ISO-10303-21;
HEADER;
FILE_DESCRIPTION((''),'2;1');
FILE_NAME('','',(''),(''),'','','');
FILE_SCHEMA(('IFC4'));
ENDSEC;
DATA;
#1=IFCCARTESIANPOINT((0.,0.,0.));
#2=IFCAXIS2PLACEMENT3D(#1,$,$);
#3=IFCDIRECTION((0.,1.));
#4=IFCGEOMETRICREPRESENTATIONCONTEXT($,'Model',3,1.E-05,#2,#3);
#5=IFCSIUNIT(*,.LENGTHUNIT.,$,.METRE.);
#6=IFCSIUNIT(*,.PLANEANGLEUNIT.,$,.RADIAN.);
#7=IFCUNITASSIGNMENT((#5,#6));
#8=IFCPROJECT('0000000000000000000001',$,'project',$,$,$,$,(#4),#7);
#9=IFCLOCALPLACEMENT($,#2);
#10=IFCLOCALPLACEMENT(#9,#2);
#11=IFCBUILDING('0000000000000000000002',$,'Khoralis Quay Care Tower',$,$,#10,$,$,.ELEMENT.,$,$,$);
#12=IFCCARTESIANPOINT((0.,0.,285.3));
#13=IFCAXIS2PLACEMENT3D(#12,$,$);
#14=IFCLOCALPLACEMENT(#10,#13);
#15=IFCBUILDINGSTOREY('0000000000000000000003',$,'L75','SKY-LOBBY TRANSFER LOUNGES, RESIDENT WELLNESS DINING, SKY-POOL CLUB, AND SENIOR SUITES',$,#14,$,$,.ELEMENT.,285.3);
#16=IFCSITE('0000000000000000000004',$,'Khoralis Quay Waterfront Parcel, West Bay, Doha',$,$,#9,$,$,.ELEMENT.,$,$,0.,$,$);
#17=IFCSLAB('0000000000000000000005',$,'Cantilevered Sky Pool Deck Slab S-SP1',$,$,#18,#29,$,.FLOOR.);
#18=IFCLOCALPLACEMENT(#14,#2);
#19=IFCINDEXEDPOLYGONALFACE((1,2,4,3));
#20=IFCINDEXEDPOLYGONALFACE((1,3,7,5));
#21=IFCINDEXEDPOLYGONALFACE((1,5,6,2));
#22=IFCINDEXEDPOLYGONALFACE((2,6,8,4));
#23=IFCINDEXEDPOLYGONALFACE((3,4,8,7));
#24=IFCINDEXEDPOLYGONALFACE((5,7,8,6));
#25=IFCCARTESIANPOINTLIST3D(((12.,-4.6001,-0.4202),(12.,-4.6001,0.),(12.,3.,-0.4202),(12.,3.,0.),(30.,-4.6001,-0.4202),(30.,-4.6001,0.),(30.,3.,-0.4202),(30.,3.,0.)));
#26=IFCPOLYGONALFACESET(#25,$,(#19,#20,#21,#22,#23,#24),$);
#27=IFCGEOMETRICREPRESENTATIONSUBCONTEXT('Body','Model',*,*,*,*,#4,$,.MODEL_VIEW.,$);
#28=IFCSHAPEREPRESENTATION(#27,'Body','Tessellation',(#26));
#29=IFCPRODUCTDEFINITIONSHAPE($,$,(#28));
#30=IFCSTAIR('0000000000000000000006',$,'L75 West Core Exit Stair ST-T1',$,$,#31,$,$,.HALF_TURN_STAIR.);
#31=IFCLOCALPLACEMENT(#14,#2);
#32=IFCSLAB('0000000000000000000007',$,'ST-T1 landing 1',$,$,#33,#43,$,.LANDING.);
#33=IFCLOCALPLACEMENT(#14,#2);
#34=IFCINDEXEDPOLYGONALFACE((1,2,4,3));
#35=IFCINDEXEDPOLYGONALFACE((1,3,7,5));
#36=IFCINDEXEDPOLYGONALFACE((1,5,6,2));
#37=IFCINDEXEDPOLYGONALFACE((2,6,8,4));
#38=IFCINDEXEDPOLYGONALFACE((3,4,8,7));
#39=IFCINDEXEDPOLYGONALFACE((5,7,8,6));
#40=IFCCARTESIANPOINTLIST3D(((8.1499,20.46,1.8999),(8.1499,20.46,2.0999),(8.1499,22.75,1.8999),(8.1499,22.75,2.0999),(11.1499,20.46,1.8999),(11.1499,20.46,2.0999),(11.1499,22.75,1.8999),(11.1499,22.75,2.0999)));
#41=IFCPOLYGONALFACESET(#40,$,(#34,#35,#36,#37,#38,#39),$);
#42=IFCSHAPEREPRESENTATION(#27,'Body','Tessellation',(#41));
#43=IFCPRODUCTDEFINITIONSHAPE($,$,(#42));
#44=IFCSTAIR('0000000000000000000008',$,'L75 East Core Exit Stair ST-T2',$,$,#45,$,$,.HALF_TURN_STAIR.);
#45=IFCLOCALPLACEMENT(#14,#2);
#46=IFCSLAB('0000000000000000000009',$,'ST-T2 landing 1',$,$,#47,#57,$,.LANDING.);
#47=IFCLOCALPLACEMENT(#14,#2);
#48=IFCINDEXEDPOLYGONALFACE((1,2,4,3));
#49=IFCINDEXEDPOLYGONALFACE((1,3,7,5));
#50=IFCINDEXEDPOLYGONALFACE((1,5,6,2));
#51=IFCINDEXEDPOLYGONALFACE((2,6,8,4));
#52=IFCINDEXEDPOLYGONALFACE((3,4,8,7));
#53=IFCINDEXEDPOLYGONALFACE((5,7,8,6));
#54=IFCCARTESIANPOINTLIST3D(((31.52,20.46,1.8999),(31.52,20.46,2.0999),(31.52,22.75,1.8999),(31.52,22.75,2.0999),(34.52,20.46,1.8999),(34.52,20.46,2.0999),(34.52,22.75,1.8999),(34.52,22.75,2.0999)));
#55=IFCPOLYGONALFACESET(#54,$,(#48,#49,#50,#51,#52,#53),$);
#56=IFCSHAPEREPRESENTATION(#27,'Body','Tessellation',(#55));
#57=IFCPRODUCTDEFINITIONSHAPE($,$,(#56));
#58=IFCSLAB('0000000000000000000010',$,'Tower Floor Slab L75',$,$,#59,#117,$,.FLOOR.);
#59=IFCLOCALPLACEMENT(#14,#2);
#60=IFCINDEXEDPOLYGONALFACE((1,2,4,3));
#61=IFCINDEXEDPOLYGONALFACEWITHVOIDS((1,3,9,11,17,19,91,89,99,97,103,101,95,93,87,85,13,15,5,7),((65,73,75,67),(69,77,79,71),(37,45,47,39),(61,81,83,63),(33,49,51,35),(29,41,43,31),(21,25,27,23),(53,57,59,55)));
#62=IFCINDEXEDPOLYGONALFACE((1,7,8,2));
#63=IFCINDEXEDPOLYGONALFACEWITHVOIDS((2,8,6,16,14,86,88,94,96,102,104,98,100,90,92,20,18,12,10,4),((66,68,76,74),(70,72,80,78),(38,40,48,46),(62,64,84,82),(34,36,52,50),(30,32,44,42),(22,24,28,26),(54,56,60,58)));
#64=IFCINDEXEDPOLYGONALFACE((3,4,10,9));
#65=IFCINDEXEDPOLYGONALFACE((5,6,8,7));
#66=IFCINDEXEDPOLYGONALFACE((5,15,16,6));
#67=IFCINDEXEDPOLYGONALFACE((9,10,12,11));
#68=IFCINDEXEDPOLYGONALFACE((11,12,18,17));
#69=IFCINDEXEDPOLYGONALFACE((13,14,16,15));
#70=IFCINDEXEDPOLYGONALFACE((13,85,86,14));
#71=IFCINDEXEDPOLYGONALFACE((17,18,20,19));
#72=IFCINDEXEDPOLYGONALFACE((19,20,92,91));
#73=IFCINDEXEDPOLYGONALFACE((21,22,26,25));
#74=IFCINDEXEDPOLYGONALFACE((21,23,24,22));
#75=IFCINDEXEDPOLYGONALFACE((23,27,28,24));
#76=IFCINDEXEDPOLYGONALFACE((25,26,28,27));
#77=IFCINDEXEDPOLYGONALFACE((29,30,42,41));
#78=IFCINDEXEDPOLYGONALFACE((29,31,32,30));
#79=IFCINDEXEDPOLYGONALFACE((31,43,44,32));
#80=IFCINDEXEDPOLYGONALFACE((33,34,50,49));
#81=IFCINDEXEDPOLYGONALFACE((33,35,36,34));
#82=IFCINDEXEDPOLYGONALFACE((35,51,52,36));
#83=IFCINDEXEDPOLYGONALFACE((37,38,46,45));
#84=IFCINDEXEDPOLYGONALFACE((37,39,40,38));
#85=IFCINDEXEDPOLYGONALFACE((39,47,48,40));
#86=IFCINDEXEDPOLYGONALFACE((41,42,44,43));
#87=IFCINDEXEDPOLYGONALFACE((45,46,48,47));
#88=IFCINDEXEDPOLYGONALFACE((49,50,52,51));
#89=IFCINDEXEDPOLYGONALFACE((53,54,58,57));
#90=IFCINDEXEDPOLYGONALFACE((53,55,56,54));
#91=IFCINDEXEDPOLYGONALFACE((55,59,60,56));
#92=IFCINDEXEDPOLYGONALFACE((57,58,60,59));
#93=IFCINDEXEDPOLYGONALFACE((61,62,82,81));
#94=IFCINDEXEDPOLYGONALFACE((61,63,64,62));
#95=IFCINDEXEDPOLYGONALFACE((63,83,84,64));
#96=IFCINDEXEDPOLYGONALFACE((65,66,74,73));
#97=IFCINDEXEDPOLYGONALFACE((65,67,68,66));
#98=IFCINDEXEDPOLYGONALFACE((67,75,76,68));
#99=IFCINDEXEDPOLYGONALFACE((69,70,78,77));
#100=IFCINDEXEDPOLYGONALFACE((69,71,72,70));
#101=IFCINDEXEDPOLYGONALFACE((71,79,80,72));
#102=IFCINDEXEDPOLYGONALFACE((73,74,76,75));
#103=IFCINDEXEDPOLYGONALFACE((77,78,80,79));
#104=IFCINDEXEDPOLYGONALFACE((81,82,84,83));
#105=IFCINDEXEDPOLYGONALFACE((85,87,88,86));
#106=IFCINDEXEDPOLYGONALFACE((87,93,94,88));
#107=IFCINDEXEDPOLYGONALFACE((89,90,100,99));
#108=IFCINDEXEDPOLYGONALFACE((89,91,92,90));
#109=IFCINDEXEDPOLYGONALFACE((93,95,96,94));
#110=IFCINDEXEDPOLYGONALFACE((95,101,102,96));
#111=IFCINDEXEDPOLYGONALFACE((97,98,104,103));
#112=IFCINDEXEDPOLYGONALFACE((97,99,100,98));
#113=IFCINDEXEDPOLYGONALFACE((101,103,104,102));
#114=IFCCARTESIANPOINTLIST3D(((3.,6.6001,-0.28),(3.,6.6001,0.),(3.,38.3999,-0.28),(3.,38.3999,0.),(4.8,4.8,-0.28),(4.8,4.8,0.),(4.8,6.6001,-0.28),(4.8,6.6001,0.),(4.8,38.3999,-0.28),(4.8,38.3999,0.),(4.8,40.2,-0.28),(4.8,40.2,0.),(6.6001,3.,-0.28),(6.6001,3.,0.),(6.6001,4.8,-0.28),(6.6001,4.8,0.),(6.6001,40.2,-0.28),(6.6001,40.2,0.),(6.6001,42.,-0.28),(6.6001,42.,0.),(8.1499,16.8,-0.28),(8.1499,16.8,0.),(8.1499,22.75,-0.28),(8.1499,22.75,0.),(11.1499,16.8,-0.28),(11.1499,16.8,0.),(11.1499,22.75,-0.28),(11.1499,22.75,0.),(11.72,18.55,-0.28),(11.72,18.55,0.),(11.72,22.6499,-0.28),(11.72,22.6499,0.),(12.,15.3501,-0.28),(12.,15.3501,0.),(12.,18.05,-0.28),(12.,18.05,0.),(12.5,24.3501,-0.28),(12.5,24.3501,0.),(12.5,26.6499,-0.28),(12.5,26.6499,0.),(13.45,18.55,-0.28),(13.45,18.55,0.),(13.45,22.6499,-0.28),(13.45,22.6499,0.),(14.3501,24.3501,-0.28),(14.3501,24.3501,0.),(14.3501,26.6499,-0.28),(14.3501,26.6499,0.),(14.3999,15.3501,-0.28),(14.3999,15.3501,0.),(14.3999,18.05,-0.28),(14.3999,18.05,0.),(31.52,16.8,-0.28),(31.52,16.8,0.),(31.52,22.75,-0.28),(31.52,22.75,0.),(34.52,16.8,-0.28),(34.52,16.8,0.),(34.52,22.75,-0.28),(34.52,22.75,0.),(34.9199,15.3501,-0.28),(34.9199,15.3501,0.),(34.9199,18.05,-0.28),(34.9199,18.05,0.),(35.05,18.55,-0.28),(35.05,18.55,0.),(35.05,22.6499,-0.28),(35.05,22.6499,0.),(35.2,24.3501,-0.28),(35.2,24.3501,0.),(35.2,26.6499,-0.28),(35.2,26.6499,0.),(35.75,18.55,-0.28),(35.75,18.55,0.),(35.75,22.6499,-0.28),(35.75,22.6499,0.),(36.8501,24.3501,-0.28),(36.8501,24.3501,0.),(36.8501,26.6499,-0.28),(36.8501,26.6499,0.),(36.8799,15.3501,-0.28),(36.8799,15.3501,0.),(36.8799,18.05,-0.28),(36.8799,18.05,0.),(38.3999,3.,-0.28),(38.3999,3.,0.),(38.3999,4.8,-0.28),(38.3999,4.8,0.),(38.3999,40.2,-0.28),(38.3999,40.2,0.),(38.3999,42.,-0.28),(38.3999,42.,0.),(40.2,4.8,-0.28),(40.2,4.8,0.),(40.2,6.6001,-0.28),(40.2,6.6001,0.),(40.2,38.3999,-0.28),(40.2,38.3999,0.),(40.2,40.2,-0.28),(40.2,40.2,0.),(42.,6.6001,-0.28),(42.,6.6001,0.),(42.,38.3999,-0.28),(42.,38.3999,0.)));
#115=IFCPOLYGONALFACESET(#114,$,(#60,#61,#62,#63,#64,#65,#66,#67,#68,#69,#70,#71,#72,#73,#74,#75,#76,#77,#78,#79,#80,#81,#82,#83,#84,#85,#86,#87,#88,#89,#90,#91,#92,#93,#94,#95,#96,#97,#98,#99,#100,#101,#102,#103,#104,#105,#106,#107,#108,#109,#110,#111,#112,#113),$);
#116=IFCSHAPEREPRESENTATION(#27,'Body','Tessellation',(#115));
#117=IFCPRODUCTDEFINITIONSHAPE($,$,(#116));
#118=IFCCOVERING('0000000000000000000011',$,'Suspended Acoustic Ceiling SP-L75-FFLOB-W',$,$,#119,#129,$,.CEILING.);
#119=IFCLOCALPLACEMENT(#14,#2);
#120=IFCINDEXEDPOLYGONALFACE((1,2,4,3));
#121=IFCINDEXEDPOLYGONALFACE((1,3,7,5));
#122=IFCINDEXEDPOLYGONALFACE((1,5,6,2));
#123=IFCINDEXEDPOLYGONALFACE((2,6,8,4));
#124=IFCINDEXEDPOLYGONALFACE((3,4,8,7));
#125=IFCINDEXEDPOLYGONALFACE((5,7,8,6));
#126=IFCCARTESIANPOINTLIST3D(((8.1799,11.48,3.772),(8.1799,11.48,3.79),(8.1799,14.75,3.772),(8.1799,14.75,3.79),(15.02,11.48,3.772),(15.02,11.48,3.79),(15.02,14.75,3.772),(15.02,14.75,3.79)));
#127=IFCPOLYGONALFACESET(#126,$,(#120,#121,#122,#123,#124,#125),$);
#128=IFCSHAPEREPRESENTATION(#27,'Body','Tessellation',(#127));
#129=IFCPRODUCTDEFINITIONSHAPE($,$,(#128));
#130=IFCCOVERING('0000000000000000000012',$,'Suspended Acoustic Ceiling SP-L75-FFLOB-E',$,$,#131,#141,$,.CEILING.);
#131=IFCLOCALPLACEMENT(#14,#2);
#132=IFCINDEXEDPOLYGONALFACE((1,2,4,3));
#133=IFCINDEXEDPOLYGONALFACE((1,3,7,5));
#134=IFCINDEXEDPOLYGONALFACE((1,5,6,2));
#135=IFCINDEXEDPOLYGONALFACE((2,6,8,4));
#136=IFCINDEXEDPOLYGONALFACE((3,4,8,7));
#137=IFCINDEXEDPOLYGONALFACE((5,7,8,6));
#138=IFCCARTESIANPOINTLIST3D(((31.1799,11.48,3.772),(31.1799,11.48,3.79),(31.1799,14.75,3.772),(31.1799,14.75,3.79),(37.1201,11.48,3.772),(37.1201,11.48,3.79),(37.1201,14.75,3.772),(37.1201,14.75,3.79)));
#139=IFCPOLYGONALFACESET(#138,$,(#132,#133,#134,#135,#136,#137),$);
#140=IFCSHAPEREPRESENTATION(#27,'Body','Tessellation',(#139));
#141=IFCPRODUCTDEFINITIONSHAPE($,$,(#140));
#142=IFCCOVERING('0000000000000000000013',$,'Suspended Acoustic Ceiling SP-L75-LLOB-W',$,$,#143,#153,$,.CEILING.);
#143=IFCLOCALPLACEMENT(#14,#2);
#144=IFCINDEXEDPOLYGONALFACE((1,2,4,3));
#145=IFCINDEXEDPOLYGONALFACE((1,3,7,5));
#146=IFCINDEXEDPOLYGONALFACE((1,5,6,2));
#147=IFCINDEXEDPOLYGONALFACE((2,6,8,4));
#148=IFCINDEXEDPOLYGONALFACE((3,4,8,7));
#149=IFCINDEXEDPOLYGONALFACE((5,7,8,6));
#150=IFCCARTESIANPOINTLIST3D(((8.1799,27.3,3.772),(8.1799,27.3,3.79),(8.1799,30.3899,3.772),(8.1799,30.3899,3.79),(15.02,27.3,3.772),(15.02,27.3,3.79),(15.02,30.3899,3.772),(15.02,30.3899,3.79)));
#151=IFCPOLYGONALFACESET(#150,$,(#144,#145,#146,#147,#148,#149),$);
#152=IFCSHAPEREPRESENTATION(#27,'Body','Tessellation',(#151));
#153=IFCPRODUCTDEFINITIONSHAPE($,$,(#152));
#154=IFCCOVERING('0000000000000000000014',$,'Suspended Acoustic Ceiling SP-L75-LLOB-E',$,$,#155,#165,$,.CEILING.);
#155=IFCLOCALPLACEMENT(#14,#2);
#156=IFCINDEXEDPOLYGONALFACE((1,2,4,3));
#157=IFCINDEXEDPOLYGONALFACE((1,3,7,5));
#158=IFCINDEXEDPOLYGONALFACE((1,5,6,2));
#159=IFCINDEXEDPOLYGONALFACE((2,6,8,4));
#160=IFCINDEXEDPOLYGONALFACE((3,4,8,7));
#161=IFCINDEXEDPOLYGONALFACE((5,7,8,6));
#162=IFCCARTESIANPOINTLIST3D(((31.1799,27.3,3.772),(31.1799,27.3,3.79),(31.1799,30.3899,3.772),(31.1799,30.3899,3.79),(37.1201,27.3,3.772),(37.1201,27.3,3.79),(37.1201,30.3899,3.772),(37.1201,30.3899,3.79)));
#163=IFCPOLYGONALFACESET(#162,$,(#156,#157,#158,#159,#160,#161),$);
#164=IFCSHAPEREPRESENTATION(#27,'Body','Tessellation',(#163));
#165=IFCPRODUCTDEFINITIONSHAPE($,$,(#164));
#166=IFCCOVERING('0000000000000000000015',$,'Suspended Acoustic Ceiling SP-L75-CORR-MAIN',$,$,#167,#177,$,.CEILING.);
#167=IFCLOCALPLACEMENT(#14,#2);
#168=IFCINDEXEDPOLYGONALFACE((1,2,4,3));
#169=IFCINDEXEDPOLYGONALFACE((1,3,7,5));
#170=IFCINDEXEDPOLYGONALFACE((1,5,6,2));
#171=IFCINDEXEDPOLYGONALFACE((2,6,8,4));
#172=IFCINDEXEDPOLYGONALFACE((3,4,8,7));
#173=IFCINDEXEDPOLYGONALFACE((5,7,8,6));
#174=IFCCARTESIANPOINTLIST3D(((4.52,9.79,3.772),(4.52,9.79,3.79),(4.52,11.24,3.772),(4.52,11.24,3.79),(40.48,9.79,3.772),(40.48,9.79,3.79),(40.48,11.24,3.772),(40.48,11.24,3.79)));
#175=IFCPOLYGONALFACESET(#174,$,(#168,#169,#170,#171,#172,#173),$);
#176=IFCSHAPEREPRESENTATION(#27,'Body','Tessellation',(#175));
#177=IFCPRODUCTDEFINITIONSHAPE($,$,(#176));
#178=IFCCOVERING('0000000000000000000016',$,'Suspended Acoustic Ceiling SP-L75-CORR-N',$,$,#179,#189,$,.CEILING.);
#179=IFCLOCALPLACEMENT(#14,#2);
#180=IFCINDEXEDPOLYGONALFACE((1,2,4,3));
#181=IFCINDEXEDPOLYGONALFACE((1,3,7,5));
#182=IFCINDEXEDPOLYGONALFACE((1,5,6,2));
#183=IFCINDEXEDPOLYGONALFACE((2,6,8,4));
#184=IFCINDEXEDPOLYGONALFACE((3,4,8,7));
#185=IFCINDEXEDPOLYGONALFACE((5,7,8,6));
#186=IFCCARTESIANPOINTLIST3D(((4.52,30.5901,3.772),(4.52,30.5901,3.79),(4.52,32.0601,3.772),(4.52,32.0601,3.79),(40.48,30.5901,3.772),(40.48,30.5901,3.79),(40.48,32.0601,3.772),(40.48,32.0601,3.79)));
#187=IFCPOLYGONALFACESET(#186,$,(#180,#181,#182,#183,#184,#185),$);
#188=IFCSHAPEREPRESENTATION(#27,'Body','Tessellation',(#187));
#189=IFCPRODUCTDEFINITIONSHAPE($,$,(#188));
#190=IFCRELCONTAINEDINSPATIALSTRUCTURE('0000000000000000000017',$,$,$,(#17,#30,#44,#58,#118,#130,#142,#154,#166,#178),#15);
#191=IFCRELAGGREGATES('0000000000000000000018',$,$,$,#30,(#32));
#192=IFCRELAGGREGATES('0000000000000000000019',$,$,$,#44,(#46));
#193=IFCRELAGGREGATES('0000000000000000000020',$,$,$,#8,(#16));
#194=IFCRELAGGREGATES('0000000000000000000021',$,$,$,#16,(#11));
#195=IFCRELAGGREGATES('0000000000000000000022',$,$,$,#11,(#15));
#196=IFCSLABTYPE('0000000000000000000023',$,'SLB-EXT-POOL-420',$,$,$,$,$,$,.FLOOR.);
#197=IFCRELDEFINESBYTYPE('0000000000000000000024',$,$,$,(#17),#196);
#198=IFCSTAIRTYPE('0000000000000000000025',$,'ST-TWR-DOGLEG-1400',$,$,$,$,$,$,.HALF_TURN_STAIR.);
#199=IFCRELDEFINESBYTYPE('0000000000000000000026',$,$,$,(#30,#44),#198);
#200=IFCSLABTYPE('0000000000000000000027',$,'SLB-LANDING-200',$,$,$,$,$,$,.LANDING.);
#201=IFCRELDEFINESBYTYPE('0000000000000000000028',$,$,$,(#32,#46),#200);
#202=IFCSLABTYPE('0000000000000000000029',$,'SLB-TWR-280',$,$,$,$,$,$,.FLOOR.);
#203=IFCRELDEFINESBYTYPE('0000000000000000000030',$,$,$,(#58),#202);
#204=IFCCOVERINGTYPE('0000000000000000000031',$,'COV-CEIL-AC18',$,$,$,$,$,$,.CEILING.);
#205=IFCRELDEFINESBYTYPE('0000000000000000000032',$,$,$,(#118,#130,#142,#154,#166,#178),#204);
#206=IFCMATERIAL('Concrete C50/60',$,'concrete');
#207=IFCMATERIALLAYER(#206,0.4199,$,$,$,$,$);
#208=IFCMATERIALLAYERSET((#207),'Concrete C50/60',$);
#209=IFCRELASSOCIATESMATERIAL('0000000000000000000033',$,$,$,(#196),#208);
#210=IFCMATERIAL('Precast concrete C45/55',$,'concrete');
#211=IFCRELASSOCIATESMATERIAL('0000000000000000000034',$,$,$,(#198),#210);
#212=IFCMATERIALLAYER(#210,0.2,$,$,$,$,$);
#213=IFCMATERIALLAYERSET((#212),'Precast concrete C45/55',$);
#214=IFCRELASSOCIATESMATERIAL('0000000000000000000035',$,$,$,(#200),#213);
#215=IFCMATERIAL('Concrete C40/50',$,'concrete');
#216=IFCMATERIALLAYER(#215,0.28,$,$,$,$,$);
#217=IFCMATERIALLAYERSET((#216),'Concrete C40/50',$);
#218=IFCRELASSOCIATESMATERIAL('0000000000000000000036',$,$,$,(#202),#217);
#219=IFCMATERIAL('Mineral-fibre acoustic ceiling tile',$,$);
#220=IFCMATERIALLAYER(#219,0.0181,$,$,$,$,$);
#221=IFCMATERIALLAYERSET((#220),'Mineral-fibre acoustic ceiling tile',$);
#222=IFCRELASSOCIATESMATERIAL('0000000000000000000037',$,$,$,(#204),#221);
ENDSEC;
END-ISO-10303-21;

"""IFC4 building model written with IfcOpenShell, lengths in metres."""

from ifc_helpers import new_model, si_unit, direction, frame, origin, place, context, subcontext, project, spatial, polyline, outline, extrude, material, layer, layer_set, type_object, element, aggregate, save


model = new_model("IFC4")

# Units and contexts
model_context = context("Model", 3, precision=1e-05, world=origin(), true_north=direction((0.0, 1.0)))
body_context = subcontext(model_context, "Body", "Model", "MODEL_VIEW")
ifc_project = project(units=[si_unit("LENGTHUNIT", "METRE"), si_unit("PLANEANGLEUNIT", "RADIAN")], contexts=[model_context])

# Site, building, storey
site_placement = place(None, origin())
site = spatial("IfcSite", under=ifc_project, at=site_placement, Name="Khoralis Quay Waterfront Parcel, West Bay, Doha", CompositionType="ELEMENT", RefElevation=0.0)
building_placement = place(site_placement, origin())
building = spatial("IfcBuilding", under=site, at=building_placement, Name="Khoralis Quay Care Tower", CompositionType="ELEMENT")
storey_placement = place(building_placement, frame((0.0, 0.0, 285.3)))
storey = spatial("IfcBuildingStorey", under=building, at=storey_placement, Name="L75", Description="SKY-LOBBY TRANSFER LOUNGES, RESIDENT WELLNESS DINING, SKY-POOL CLUB, AND SENIOR SUITES", CompositionType="ELEMENT", Elevation=285.3)

# Slab
ifc_material_1 = material(Name="Concrete C50/60", Category="concrete")
ifc_layer_1 = layer(ifc_material_1, 0.4199)
ifc_layer_set_1 = layer_set([ifc_layer_1], Name="Concrete C50/60")
slab_type_1 = type_object("IfcSlabType", Name="SLB-EXT-POOL-420", PredefinedType="FLOOR", material=ifc_layer_set_1)
slab_1_placement = place(storey_placement, frame((0.0, 0.0, -0.4202)))
element("IfcSlab", 1, at=slab_1_placement, inside=storey, type_object=slab_type_1, Name="Cantilevered Sky Pool Deck Slab S-SP1", PredefinedType="FLOOR", context=body_context, shape_type="SweptSolid", body=[
    extrude(outline(polyline([(12.0, -4.6001), (30.0, -4.6001), (30.0, 3.0), (12.0, 3.0), (12.0, -4.6001)])), origin(), (0.0, 0.0, 1.0), 0.4202),
])

# Stairs, slabs
ifc_material_2 = material(Name="Precast concrete C45/55", Category="concrete")
stair_type = type_object("IfcStairType", Name="ST-TWR-DOGLEG-1400", PredefinedType="HALF_TURN_STAIR", material=ifc_material_2)
stair_1_placement = place(storey_placement, origin())
stair_1 = element("IfcStair", 2, at=stair_1_placement, inside=storey, type_object=stair_type, Name="L75 West Core Exit Stair ST-T1", PredefinedType="HALF_TURN_STAIR")
ifc_layer_2 = layer(ifc_material_2, 0.2)
ifc_layer_set_2 = layer_set([ifc_layer_2], Name="Precast concrete C45/55")
slab_type_2 = type_object("IfcSlabType", Name="SLB-LANDING-200", PredefinedType="LANDING", material=ifc_layer_set_2)
slab_2_placement = place(storey_placement, frame((0.0, 0.0, 1.8999)))
slab_2 = element("IfcSlab", 3, at=slab_2_placement, type_object=slab_type_2, Name="ST-T1 landing 1", PredefinedType="LANDING", context=body_context, shape_type="SweptSolid", body=[
    extrude(outline(polyline([(11.1499, 20.46), (11.1499, 22.75), (8.1499, 22.75), (8.1499, 20.46), (11.1499, 20.46)])), origin(), (0.0, 0.0, 1.0), 0.2),
])
aggregate(stair_1, [slab_2])
stair_2_placement = place(storey_placement, origin())
stair_2 = element("IfcStair", 4, at=stair_2_placement, inside=storey, type_object=stair_type, Name="L75 East Core Exit Stair ST-T2", PredefinedType="HALF_TURN_STAIR")
slab_3_placement = place(storey_placement, frame((0.0, 0.0, 1.8999)))
slab_3 = element("IfcSlab", 5, at=slab_3_placement, type_object=slab_type_2, Name="ST-T2 landing 1", PredefinedType="LANDING", context=body_context, shape_type="SweptSolid", body=[
    extrude(outline(polyline([(34.52, 20.46), (34.52, 22.75), (31.52, 22.75), (31.52, 20.46), (34.52, 20.46)])), origin(), (0.0, 0.0, 1.0), 0.2),
])
aggregate(stair_2, [slab_3])

# Slab
ifc_material_3 = material(Name="Concrete C40/50", Category="concrete")
ifc_layer_3 = layer(ifc_material_3, 0.28)
ifc_layer_set_3 = layer_set([ifc_layer_3], Name="Concrete C40/50")
slab_type_3 = type_object("IfcSlabType", Name="SLB-TWR-280", PredefinedType="FLOOR", material=ifc_layer_set_3)
slab_4_placement = place(storey_placement, frame((0.0, 0.0, -0.28)))
element("IfcSlab", 6, at=slab_4_placement, inside=storey, type_object=slab_type_3, Name="Tower Floor Slab L75", PredefinedType="FLOOR", context=body_context, shape_type="SweptSolid", body=[
    extrude(outline(polyline([(6.6001, 3.0), (38.3999, 3.0), (38.3999, 4.8), (40.2, 4.8), (40.2, 6.6001), (42.0, 6.6001), (42.0, 38.3999), (40.2, 38.3999), (40.2, 40.2), (38.3999, 40.2), (38.3999, 42.0), (6.6001, 42.0), (6.6001, 40.2), (4.8, 40.2), (4.8, 38.3999), (3.0, 38.3999), (3.0, 6.6001), (4.8, 6.6001), (4.8, 4.8), (6.6001, 4.8), (6.6001, 3.0)]), holes=[polyline([(11.1499, 16.8), (11.1499, 22.75), (8.1499, 22.75), (8.1499, 16.8), (11.1499, 16.8)]), polyline([(34.52, 16.8), (34.52, 22.75), (31.52, 22.75), (31.52, 16.8), (34.52, 16.8)]), polyline([(12.0, 15.3501), (14.3999, 15.3501), (14.3999, 18.05), (12.0, 18.05), (12.0, 15.3501)]), polyline([(34.9199, 15.3501), (36.8799, 15.3501), (36.8799, 18.05), (34.9199, 18.05), (34.9199, 15.3501)]), polyline([(12.5, 24.3501), (14.3501, 24.3501), (14.3501, 26.6499), (12.5, 26.6499), (12.5, 24.3501)]), polyline([(35.2, 24.3501), (36.8501, 24.3501), (36.8501, 26.6499), (35.2, 26.6499), (35.2, 24.3501)]), polyline([(11.72, 18.55), (13.45, 18.55), (13.45, 22.6499), (11.72, 22.6499), (11.72, 18.55)]), polyline([(35.05, 18.55), (35.75, 18.55), (35.75, 22.6499), (35.05, 22.6499), (35.05, 18.55)])]), origin(), (0.0, 0.0, 1.0), 0.28),
])

# Coverings
ifc_material_4 = material(Name="Mineral-fibre acoustic ceiling tile")
ifc_layer_4 = layer(ifc_material_4, 0.0181)
ifc_layer_set_4 = layer_set([ifc_layer_4], Name="Mineral-fibre acoustic ceiling tile")
covering_type_1 = type_object("IfcCoveringType", Name="COV-CEIL-AC18", PredefinedType="CEILING", material=ifc_layer_set_4)
covering_1_placement = place(storey_placement, frame((0.0, 0.0, 3.772)))
element("IfcCovering", 7, at=covering_1_placement, inside=storey, type_object=covering_type_1, Name="Suspended Acoustic Ceiling SP-L75-FFLOB-W", PredefinedType="CEILING", context=body_context, shape_type="SweptSolid", body=[
    extrude(outline(polyline([(8.1799, 11.48), (15.02, 11.48), (15.02, 14.75), (8.1799, 14.75), (8.1799, 11.48)])), origin(), (0.0, 0.0, 1.0), 0.0181),
])
covering_2_placement = place(storey_placement, frame((0.0, 0.0, 3.772)))
element("IfcCovering", 8, at=covering_2_placement, inside=storey, type_object=covering_type_1, Name="Suspended Acoustic Ceiling SP-L75-FFLOB-E", PredefinedType="CEILING", context=body_context, shape_type="SweptSolid", body=[
    extrude(outline(polyline([(31.1799, 11.48), (37.1201, 11.48), (37.1201, 14.75), (31.1799, 14.75), (31.1799, 11.48)])), origin(), (0.0, 0.0, 1.0), 0.0181),
])
covering_3_placement = place(storey_placement, frame((0.0, 0.0, 3.772)))
element("IfcCovering", 9, at=covering_3_placement, inside=storey, type_object=covering_type_1, Name="Suspended Acoustic Ceiling SP-L75-LLOB-W", PredefinedType="CEILING", context=body_context, shape_type="SweptSolid", body=[
    extrude(outline(polyline([(8.1799, 27.3), (15.02, 27.3), (15.02, 30.3899), (8.1799, 30.3899), (8.1799, 27.3)])), origin(), (0.0, 0.0, 1.0), 0.0181),
])
covering_4_placement = place(storey_placement, frame((0.0, 0.0, 3.772)))
element("IfcCovering", 10, at=covering_4_placement, inside=storey, type_object=covering_type_1, Name="Suspended Acoustic Ceiling SP-L75-LLOB-E", PredefinedType="CEILING", context=body_context, shape_type="SweptSolid", body=[
    extrude(outline(polyline([(31.1799, 27.3), (37.1201, 27.3), (37.1201, 30.3899), (31.1799, 30.3899), (31.1799, 27.3)])), origin(), (0.0, 0.0, 1.0), 0.0181),
])
covering_5_placement = place(storey_placement, frame((0.0, 0.0, 3.772)))
element("IfcCovering", 11, at=covering_5_placement, inside=storey, type_object=covering_type_1, Name="Suspended Acoustic Ceiling SP-L75-CORR-MAIN", PredefinedType="CEILING", context=body_context, shape_type="SweptSolid", body=[
    extrude(outline(polyline([(4.52, 9.79), (40.48, 9.79), (40.48, 11.24), (4.52, 11.24), (4.52, 9.79)])), origin(), (0.0, 0.0, 1.0), 0.0181),
])
covering_6_placement = place(storey_placement, frame((0.0, 0.0, 3.772)))
element("IfcCovering", 12, at=covering_6_placement, inside=storey, type_object=covering_type_1, Name="Suspended Acoustic Ceiling SP-L75-CORR-N", PredefinedType="CEILING", context=body_context, shape_type="SweptSolid", body=[
    extrude(outline(polyline([(4.52, 30.5901), (40.48, 30.5901), (40.48, 32.0601), (4.52, 32.0601), (4.52, 30.5901)])), origin(), (0.0, 0.0, 1.0), 0.0181),
])

save(model, "model.ifc")
